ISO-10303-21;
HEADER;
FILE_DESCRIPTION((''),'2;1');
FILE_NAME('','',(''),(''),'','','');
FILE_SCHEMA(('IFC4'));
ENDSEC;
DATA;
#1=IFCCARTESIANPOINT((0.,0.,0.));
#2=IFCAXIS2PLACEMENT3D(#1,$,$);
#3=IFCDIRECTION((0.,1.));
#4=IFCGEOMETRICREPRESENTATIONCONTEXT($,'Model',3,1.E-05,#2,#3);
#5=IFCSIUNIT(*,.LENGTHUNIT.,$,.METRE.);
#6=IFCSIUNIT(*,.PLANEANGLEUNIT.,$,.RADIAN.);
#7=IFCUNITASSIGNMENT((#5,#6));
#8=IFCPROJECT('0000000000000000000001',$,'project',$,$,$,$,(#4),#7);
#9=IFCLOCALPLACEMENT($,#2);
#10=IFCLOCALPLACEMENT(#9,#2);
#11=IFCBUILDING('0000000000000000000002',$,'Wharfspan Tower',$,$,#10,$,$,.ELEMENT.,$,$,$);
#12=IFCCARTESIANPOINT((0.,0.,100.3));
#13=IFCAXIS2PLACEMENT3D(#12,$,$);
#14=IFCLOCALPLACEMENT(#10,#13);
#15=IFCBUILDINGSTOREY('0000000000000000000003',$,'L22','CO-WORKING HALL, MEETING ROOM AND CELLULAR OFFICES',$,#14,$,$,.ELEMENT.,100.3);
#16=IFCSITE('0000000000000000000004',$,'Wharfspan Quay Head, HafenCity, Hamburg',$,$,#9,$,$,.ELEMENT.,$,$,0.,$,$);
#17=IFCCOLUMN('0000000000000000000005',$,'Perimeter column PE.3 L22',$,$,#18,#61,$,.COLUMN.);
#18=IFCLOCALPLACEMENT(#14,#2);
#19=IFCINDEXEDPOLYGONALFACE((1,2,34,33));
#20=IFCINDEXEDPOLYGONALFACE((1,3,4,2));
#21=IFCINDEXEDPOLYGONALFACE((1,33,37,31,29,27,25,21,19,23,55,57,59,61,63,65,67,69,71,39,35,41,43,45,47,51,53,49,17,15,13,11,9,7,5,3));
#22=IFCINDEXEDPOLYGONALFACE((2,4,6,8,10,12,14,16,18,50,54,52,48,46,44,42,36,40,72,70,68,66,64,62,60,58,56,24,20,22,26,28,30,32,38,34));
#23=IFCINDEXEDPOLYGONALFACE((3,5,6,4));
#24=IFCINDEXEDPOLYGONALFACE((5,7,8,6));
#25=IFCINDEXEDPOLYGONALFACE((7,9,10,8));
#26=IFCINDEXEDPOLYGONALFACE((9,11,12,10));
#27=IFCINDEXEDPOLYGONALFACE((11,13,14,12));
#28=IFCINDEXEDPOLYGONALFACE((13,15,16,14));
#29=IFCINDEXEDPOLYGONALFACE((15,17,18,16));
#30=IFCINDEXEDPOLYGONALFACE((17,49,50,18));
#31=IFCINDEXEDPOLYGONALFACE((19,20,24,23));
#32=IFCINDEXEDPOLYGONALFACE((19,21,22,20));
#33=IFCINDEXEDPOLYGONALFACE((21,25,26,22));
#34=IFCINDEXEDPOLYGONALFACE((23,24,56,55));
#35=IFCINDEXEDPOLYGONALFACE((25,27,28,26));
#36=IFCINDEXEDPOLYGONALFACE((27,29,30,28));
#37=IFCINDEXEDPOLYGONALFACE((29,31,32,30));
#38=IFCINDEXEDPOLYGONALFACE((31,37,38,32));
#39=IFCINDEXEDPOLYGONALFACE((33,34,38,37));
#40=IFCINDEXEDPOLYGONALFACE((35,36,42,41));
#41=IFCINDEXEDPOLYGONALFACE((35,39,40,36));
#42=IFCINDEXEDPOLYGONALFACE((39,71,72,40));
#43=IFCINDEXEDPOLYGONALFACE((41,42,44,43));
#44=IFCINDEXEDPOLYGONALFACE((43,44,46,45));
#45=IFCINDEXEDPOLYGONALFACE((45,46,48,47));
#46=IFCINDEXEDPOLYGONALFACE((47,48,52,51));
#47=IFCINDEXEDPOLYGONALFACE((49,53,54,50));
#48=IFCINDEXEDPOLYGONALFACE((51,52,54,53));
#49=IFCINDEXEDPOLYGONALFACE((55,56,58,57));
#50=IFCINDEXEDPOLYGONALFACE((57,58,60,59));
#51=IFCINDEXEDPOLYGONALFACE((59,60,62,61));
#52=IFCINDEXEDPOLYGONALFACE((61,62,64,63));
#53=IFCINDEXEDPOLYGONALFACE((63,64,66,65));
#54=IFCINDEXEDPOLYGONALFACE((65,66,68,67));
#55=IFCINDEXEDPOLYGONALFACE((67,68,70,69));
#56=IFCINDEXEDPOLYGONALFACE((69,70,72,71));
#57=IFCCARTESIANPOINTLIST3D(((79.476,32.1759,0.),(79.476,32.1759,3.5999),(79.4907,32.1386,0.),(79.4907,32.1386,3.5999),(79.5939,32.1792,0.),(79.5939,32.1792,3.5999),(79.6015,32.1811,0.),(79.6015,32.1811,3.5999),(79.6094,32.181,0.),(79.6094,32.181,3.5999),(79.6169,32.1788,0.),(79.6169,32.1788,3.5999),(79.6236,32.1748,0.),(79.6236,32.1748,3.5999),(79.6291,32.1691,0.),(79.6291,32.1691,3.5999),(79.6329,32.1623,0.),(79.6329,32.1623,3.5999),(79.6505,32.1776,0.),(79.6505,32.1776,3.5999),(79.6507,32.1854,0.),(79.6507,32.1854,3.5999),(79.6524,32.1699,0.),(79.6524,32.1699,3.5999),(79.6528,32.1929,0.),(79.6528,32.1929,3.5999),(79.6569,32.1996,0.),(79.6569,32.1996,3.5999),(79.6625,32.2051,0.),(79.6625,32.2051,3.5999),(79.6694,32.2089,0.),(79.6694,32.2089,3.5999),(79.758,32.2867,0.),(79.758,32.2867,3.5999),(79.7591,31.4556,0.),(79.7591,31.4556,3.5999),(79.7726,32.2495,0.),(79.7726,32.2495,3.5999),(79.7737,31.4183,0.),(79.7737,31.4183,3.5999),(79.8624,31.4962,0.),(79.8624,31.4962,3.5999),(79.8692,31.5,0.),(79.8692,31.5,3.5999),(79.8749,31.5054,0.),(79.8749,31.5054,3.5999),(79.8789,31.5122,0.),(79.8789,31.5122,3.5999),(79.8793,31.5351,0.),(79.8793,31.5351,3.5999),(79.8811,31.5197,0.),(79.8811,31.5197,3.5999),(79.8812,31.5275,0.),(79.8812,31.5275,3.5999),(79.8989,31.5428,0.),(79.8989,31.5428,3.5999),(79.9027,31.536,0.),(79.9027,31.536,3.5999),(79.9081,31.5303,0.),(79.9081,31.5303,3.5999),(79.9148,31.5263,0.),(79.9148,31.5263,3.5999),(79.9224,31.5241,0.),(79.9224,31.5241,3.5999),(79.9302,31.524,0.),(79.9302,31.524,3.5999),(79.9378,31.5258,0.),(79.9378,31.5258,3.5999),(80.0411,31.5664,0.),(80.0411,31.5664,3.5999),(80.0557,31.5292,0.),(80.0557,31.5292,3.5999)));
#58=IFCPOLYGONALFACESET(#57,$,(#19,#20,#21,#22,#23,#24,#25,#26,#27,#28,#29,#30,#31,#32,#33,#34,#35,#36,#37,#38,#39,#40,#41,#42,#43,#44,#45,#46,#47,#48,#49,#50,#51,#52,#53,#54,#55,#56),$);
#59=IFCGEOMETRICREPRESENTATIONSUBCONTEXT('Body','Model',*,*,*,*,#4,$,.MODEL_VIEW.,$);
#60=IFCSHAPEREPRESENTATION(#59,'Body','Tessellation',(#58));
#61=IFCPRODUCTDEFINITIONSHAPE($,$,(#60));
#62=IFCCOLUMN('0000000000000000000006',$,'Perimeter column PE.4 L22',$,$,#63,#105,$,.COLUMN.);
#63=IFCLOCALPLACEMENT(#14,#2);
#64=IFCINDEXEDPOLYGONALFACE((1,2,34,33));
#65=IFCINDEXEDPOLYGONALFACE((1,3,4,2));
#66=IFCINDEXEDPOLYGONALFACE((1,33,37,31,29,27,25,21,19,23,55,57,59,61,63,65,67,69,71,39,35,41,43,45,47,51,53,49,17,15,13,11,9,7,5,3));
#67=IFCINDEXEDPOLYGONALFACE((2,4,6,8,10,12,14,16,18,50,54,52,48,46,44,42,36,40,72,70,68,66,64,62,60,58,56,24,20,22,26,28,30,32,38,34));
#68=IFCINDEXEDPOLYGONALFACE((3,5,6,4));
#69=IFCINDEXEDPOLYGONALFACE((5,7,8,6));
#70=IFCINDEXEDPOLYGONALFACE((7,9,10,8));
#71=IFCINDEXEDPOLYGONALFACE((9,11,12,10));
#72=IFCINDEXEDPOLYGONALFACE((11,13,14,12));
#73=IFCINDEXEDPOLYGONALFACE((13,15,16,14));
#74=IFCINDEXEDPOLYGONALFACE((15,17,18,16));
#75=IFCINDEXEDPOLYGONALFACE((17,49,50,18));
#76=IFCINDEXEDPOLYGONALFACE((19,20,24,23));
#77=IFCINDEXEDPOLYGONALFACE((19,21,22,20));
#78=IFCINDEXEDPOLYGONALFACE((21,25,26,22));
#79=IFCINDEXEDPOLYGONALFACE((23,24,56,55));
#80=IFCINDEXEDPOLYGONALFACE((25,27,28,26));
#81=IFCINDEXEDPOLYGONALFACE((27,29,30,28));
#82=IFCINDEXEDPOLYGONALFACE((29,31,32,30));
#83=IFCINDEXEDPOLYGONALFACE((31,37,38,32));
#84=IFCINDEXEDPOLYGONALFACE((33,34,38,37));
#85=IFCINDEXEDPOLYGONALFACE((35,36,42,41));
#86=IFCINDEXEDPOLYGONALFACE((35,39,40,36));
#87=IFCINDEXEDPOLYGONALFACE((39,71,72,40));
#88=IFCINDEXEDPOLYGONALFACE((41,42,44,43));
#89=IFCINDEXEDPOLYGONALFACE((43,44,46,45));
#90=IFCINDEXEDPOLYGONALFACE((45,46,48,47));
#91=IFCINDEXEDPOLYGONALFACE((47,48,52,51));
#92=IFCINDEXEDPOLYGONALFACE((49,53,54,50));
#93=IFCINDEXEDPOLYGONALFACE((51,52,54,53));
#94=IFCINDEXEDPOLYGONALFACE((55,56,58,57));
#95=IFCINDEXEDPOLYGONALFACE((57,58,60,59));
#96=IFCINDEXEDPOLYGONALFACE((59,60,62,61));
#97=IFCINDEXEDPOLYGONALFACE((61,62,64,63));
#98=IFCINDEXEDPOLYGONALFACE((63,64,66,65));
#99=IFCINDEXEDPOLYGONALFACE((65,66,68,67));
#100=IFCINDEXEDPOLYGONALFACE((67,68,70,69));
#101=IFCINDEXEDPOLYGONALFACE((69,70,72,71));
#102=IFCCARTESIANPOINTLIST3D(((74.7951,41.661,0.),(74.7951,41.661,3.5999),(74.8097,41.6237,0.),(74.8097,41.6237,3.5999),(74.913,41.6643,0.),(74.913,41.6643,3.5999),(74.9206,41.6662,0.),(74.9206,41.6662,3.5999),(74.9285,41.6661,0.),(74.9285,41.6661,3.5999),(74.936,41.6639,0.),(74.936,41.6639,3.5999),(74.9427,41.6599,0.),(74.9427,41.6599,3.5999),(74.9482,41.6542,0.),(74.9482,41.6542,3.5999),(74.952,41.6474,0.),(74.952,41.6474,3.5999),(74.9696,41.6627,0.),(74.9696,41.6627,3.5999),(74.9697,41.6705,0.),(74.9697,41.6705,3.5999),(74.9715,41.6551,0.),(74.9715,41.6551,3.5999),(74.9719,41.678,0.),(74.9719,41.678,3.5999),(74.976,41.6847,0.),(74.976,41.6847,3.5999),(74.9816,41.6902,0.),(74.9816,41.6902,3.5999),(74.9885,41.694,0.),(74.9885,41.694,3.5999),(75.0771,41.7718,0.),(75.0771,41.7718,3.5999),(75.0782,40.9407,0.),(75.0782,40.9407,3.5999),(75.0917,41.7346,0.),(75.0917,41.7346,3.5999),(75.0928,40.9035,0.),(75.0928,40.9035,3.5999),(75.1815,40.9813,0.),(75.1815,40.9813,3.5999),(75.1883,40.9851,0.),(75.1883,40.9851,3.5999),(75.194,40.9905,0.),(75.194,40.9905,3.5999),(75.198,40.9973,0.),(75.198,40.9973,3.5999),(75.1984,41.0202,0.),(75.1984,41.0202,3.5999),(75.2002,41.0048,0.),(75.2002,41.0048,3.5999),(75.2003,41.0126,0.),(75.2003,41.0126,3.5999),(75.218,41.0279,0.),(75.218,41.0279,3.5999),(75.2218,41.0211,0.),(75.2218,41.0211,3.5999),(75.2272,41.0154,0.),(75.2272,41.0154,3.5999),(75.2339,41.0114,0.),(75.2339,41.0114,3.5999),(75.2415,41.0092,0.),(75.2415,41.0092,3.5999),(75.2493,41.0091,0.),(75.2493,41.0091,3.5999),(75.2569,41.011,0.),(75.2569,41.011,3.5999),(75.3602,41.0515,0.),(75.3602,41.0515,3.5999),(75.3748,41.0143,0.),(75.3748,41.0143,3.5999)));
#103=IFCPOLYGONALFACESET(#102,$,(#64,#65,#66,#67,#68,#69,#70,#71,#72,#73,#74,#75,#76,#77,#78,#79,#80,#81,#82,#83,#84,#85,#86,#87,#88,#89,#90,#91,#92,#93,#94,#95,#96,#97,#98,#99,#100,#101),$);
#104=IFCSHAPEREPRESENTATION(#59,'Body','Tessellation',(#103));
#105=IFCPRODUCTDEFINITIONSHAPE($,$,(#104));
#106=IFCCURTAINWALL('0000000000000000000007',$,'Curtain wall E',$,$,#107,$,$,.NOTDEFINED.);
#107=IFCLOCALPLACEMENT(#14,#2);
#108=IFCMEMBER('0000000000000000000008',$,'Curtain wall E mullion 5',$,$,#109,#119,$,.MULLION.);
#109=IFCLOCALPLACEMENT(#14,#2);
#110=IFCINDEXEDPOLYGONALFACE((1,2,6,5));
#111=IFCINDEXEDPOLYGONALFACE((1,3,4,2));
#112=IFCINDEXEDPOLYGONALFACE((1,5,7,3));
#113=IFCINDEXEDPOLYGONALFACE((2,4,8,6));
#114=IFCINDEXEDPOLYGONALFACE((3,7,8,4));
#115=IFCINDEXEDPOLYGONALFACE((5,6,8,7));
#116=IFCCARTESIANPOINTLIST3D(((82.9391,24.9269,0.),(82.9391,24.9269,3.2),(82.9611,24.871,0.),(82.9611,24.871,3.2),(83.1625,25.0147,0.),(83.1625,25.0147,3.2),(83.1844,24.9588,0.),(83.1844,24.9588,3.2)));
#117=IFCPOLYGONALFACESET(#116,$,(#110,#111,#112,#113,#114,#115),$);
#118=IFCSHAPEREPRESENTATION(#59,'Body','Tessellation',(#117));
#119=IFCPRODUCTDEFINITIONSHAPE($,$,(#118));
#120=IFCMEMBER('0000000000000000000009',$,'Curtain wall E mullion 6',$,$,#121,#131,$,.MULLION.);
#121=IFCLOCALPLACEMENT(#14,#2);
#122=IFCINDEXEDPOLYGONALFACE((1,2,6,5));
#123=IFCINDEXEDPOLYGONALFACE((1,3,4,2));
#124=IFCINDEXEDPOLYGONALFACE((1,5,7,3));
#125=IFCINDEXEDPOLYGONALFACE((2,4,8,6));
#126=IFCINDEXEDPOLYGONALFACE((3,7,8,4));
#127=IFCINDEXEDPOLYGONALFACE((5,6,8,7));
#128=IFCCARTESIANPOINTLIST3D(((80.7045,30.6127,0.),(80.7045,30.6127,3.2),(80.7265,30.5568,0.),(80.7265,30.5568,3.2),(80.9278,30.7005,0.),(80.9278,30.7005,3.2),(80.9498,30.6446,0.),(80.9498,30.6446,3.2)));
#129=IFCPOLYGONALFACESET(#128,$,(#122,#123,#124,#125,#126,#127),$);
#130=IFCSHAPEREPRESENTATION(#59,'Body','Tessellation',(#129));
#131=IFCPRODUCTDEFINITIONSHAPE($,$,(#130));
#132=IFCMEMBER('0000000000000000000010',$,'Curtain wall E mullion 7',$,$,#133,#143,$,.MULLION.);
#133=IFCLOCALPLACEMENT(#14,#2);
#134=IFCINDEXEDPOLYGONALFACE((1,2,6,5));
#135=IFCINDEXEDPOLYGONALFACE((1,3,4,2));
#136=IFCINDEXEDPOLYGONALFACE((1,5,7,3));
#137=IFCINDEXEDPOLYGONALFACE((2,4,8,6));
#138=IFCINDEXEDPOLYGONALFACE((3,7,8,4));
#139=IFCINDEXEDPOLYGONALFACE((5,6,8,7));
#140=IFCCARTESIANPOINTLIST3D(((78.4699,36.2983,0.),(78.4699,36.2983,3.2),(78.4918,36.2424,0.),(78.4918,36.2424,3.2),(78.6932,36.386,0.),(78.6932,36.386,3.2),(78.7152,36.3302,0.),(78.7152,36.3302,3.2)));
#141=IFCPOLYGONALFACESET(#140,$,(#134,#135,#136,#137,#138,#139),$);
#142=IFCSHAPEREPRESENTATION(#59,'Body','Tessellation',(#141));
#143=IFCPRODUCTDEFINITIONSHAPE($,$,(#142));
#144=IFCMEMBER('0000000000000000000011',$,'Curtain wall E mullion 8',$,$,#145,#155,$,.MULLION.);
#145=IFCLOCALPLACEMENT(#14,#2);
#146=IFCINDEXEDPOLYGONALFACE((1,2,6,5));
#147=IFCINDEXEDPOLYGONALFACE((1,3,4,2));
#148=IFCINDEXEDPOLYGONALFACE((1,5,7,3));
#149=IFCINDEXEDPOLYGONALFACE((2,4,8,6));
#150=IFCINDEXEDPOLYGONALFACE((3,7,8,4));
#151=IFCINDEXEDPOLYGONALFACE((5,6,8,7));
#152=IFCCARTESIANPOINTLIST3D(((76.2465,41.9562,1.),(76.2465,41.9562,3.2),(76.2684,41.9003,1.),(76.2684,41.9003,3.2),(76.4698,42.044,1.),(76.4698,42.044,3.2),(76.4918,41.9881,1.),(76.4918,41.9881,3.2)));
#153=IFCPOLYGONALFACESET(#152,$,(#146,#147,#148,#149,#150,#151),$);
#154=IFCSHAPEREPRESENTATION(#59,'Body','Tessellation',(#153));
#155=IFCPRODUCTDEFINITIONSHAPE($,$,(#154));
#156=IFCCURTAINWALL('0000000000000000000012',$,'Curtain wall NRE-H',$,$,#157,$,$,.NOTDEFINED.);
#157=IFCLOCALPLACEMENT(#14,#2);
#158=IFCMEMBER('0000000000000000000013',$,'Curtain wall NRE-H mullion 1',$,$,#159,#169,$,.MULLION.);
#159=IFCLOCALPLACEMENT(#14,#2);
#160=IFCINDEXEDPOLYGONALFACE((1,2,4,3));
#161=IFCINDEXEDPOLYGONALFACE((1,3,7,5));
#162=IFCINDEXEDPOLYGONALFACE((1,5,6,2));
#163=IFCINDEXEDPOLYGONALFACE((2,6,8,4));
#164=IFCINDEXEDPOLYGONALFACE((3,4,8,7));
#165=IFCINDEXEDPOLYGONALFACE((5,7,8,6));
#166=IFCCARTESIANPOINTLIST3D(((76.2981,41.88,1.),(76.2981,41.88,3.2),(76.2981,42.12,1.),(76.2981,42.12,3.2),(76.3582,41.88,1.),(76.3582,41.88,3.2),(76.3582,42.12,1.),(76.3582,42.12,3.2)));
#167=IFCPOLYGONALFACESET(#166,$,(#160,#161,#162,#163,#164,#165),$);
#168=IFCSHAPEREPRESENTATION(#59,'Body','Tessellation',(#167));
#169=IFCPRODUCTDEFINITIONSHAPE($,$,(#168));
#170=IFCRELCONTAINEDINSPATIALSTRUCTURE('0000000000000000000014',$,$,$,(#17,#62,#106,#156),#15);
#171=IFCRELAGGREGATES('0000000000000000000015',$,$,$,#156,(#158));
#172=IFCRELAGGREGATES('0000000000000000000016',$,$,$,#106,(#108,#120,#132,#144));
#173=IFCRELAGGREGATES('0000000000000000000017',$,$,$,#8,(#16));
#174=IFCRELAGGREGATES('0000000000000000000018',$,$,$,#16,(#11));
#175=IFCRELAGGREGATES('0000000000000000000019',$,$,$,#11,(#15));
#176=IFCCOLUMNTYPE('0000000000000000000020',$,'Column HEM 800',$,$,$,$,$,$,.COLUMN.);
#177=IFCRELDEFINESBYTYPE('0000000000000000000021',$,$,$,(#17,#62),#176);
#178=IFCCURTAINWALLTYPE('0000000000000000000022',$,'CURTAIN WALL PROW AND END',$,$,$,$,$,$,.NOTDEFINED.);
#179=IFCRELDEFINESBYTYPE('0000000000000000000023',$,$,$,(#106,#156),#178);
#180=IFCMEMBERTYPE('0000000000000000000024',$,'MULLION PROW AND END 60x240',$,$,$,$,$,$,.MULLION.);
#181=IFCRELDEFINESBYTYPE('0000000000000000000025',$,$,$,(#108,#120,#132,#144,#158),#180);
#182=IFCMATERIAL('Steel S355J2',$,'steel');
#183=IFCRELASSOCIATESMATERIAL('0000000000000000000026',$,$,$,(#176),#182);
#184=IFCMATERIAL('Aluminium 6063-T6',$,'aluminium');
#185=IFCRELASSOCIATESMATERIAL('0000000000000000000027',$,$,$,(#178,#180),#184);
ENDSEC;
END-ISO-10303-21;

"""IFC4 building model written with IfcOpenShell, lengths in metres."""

from ifc_helpers import new_model, si_unit, direction, frame, origin, origin_2d, place, context, subcontext, project, spatial, rectangle, i_section, extrude, material, material_profile, profile_set, type_object, element, aggregate, save


model = new_model("IFC4")

# Units and contexts
model_context = context("Model", 3, precision=1e-05, world=origin(), true_north=direction((0.0, 1.0)))
body_context = subcontext(model_context, "Body", "Model", "MODEL_VIEW")
ifc_project = project(units=[si_unit("LENGTHUNIT", "METRE"), si_unit("PLANEANGLEUNIT", "RADIAN")], contexts=[model_context])

# Site, building, storey
site_placement = place(None, origin())
site = spatial("IfcSite", under=ifc_project, at=site_placement, Name="Wharfspan Quay Head, HafenCity, Hamburg", CompositionType="ELEMENT", RefElevation=0.0)
building_placement = place(site_placement, origin())
building = spatial("IfcBuilding", under=site, at=building_placement, Name="Wharfspan Tower", CompositionType="ELEMENT")
storey_placement = place(building_placement, frame((0.0, 0.0, 100.3)))
storey = spatial("IfcBuildingStorey", under=building, at=storey_placement, Name="L22", Description="CO-WORKING HALL, MEETING ROOM AND CELLULAR OFFICES", CompositionType="ELEMENT", Elevation=100.3)

# Columns
ifc_material_1 = material(Name="Steel S355J2", Category="steel")
ifc_material_profile_1 = material_profile(ifc_material_1, i_section(OverallWidth=0.303, OverallDepth=0.814, WebThickness=0.021, FlangeThickness=0.04, FilletRadius=0.03, at=origin_2d()))
ifc_profile_set_1 = profile_set([ifc_material_profile_1], Name="Steel S355J2")
column_type = type_object("IfcColumnType", Name="Column HEM 800", PredefinedType="COLUMN", material=ifc_profile_set_1)
for number, where, z_axis, x_axis, name in (
    (1, (79.7659, 31.8525, 0.0), (0.0, 0.0, 1.0), (0.930702, 0.365778, 0.0), "Perimeter column PE.3 L22"),
    (2, (75.085, 41.3376, 0.0), (0.0, 0.0, 1.0), (0.930702, 0.365778, 0.0), "Perimeter column PE.4 L22"),
):
    element("IfcColumn", number, at=place(storey_placement, frame(where, z_axis=z_axis, x_axis=x_axis)), inside=storey, type_object=column_type, Name=name, PredefinedType="COLUMN", context=body_context, shape_type="SweptSolid", body=[
        extrude(i_section(OverallWidth=0.303, OverallDepth=0.814, WebThickness=0.021, FlangeThickness=0.04, FilletRadius=0.03, at=origin_2d()), origin(), (0.0, 0.0, 1.0), 3.5999),
    ])

# Curtain wall, members
ifc_material_2 = material(Name="Aluminium 6063-T6", Category="aluminium")
curtain_wall_type = type_object("IfcCurtainWallType", Name="CURTAIN WALL PROW AND END", PredefinedType="NOTDEFINED", material=ifc_material_2)
curtain_wall_1_placement = place(storey_placement, origin())
curtain_wall_1 = element("IfcCurtainWall", 3, at=curtain_wall_1_placement, inside=storey, type_object=curtain_wall_type, Name="Curtain wall E", PredefinedType="NOTDEFINED")
ifc_material_profile_2 = material_profile(ifc_material_2, rectangle(XDim=0.24, YDim=0.0601, at=origin_2d()))
ifc_profile_set_2 = profile_set([ifc_material_profile_2], Name="Aluminium 6063-T6")
member_type_1 = type_object("IfcMemberType", Name="MULLION PROW AND END 60x240", PredefinedType="MULLION", material=ifc_profile_set_2)
member_1_placement = place(storey_placement, frame((83.0618, 24.9429, 0.0), z_axis=(0.0, 0.0, 1.0), x_axis=(-0.930702, -0.365778, 0.0)))
member_1 = element("IfcMember", 4, at=member_1_placement, type_object=member_type_1, Name="Curtain wall E mullion 5", PredefinedType="MULLION", context=body_context, shape_type="SweptSolid", body=[
    extrude(rectangle(XDim=0.24, YDim=0.0601, at=origin_2d()), origin(), (0.0, 0.0, 1.0), 3.2),
])
member_2_placement = place(storey_placement, frame((80.8271, 30.6287, 0.0), z_axis=(0.0, 0.0, 1.0), x_axis=(-0.930702, -0.365778, 0.0)))
member_2 = element("IfcMember", 5, at=member_2_placement, type_object=member_type_1, Name="Curtain wall E mullion 6", PredefinedType="MULLION", context=body_context, shape_type="SweptSolid", body=[
    extrude(rectangle(XDim=0.24, YDim=0.0601, at=origin_2d()), origin(), (0.0, 0.0, 1.0), 3.2),
])
member_3_placement = place(storey_placement, frame((78.5925, 36.3142, 0.0), z_axis=(0.0, 0.0, 1.0), x_axis=(-0.930702, -0.365778, 0.0)))
member_3 = element("IfcMember", 6, at=member_3_placement, type_object=member_type_1, Name="Curtain wall E mullion 7", PredefinedType="MULLION", context=body_context, shape_type="SweptSolid", body=[
    extrude(rectangle(XDim=0.24, YDim=0.0601, at=origin_2d()), origin(), (0.0, 0.0, 1.0), 3.2),
])
member_4_placement = place(storey_placement, frame((76.3691, 41.9722, 1.0), z_axis=(0.0, 0.0, 1.0), x_axis=(-0.930702, -0.365778, 0.0)))
member_4 = element("IfcMember", 7, at=member_4_placement, type_object=member_type_1, Name="Curtain wall E mullion 8", PredefinedType="MULLION", context=body_context, shape_type="SweptSolid", body=[
    extrude(rectangle(XDim=0.24, YDim=0.0601, at=origin_2d()), origin(), (0.0, 0.0, 1.0), 2.2),
])

# Curtain wall, member
curtain_wall_2_placement = place(storey_placement, origin())
curtain_wall_2 = element("IfcCurtainWall", 8, at=curtain_wall_2_placement, inside=storey, type_object=curtain_wall_type, Name="Curtain wall NRE-H", PredefinedType="NOTDEFINED")
member_5_placement = place(storey_placement, frame((76.3281, 42.0, 1.0), z_axis=(0.0, 0.0, 1.0), x_axis=(0.0, -1.0, 0.0)))
member_5 = element("IfcMember", 9, at=member_5_placement, type_object=member_type_1, Name="Curtain wall NRE-H mullion 1", PredefinedType="MULLION", context=body_context, shape_type="SweptSolid", body=[
    extrude(rectangle(XDim=0.24, YDim=0.0601, at=origin_2d()), origin(), (0.0, 0.0, 1.0), 2.2),
])

aggregate(curtain_wall_2, [member_5])
aggregate(curtain_wall_1, [member_1, member_2, member_3, member_4])

save(model, "model.ifc")
